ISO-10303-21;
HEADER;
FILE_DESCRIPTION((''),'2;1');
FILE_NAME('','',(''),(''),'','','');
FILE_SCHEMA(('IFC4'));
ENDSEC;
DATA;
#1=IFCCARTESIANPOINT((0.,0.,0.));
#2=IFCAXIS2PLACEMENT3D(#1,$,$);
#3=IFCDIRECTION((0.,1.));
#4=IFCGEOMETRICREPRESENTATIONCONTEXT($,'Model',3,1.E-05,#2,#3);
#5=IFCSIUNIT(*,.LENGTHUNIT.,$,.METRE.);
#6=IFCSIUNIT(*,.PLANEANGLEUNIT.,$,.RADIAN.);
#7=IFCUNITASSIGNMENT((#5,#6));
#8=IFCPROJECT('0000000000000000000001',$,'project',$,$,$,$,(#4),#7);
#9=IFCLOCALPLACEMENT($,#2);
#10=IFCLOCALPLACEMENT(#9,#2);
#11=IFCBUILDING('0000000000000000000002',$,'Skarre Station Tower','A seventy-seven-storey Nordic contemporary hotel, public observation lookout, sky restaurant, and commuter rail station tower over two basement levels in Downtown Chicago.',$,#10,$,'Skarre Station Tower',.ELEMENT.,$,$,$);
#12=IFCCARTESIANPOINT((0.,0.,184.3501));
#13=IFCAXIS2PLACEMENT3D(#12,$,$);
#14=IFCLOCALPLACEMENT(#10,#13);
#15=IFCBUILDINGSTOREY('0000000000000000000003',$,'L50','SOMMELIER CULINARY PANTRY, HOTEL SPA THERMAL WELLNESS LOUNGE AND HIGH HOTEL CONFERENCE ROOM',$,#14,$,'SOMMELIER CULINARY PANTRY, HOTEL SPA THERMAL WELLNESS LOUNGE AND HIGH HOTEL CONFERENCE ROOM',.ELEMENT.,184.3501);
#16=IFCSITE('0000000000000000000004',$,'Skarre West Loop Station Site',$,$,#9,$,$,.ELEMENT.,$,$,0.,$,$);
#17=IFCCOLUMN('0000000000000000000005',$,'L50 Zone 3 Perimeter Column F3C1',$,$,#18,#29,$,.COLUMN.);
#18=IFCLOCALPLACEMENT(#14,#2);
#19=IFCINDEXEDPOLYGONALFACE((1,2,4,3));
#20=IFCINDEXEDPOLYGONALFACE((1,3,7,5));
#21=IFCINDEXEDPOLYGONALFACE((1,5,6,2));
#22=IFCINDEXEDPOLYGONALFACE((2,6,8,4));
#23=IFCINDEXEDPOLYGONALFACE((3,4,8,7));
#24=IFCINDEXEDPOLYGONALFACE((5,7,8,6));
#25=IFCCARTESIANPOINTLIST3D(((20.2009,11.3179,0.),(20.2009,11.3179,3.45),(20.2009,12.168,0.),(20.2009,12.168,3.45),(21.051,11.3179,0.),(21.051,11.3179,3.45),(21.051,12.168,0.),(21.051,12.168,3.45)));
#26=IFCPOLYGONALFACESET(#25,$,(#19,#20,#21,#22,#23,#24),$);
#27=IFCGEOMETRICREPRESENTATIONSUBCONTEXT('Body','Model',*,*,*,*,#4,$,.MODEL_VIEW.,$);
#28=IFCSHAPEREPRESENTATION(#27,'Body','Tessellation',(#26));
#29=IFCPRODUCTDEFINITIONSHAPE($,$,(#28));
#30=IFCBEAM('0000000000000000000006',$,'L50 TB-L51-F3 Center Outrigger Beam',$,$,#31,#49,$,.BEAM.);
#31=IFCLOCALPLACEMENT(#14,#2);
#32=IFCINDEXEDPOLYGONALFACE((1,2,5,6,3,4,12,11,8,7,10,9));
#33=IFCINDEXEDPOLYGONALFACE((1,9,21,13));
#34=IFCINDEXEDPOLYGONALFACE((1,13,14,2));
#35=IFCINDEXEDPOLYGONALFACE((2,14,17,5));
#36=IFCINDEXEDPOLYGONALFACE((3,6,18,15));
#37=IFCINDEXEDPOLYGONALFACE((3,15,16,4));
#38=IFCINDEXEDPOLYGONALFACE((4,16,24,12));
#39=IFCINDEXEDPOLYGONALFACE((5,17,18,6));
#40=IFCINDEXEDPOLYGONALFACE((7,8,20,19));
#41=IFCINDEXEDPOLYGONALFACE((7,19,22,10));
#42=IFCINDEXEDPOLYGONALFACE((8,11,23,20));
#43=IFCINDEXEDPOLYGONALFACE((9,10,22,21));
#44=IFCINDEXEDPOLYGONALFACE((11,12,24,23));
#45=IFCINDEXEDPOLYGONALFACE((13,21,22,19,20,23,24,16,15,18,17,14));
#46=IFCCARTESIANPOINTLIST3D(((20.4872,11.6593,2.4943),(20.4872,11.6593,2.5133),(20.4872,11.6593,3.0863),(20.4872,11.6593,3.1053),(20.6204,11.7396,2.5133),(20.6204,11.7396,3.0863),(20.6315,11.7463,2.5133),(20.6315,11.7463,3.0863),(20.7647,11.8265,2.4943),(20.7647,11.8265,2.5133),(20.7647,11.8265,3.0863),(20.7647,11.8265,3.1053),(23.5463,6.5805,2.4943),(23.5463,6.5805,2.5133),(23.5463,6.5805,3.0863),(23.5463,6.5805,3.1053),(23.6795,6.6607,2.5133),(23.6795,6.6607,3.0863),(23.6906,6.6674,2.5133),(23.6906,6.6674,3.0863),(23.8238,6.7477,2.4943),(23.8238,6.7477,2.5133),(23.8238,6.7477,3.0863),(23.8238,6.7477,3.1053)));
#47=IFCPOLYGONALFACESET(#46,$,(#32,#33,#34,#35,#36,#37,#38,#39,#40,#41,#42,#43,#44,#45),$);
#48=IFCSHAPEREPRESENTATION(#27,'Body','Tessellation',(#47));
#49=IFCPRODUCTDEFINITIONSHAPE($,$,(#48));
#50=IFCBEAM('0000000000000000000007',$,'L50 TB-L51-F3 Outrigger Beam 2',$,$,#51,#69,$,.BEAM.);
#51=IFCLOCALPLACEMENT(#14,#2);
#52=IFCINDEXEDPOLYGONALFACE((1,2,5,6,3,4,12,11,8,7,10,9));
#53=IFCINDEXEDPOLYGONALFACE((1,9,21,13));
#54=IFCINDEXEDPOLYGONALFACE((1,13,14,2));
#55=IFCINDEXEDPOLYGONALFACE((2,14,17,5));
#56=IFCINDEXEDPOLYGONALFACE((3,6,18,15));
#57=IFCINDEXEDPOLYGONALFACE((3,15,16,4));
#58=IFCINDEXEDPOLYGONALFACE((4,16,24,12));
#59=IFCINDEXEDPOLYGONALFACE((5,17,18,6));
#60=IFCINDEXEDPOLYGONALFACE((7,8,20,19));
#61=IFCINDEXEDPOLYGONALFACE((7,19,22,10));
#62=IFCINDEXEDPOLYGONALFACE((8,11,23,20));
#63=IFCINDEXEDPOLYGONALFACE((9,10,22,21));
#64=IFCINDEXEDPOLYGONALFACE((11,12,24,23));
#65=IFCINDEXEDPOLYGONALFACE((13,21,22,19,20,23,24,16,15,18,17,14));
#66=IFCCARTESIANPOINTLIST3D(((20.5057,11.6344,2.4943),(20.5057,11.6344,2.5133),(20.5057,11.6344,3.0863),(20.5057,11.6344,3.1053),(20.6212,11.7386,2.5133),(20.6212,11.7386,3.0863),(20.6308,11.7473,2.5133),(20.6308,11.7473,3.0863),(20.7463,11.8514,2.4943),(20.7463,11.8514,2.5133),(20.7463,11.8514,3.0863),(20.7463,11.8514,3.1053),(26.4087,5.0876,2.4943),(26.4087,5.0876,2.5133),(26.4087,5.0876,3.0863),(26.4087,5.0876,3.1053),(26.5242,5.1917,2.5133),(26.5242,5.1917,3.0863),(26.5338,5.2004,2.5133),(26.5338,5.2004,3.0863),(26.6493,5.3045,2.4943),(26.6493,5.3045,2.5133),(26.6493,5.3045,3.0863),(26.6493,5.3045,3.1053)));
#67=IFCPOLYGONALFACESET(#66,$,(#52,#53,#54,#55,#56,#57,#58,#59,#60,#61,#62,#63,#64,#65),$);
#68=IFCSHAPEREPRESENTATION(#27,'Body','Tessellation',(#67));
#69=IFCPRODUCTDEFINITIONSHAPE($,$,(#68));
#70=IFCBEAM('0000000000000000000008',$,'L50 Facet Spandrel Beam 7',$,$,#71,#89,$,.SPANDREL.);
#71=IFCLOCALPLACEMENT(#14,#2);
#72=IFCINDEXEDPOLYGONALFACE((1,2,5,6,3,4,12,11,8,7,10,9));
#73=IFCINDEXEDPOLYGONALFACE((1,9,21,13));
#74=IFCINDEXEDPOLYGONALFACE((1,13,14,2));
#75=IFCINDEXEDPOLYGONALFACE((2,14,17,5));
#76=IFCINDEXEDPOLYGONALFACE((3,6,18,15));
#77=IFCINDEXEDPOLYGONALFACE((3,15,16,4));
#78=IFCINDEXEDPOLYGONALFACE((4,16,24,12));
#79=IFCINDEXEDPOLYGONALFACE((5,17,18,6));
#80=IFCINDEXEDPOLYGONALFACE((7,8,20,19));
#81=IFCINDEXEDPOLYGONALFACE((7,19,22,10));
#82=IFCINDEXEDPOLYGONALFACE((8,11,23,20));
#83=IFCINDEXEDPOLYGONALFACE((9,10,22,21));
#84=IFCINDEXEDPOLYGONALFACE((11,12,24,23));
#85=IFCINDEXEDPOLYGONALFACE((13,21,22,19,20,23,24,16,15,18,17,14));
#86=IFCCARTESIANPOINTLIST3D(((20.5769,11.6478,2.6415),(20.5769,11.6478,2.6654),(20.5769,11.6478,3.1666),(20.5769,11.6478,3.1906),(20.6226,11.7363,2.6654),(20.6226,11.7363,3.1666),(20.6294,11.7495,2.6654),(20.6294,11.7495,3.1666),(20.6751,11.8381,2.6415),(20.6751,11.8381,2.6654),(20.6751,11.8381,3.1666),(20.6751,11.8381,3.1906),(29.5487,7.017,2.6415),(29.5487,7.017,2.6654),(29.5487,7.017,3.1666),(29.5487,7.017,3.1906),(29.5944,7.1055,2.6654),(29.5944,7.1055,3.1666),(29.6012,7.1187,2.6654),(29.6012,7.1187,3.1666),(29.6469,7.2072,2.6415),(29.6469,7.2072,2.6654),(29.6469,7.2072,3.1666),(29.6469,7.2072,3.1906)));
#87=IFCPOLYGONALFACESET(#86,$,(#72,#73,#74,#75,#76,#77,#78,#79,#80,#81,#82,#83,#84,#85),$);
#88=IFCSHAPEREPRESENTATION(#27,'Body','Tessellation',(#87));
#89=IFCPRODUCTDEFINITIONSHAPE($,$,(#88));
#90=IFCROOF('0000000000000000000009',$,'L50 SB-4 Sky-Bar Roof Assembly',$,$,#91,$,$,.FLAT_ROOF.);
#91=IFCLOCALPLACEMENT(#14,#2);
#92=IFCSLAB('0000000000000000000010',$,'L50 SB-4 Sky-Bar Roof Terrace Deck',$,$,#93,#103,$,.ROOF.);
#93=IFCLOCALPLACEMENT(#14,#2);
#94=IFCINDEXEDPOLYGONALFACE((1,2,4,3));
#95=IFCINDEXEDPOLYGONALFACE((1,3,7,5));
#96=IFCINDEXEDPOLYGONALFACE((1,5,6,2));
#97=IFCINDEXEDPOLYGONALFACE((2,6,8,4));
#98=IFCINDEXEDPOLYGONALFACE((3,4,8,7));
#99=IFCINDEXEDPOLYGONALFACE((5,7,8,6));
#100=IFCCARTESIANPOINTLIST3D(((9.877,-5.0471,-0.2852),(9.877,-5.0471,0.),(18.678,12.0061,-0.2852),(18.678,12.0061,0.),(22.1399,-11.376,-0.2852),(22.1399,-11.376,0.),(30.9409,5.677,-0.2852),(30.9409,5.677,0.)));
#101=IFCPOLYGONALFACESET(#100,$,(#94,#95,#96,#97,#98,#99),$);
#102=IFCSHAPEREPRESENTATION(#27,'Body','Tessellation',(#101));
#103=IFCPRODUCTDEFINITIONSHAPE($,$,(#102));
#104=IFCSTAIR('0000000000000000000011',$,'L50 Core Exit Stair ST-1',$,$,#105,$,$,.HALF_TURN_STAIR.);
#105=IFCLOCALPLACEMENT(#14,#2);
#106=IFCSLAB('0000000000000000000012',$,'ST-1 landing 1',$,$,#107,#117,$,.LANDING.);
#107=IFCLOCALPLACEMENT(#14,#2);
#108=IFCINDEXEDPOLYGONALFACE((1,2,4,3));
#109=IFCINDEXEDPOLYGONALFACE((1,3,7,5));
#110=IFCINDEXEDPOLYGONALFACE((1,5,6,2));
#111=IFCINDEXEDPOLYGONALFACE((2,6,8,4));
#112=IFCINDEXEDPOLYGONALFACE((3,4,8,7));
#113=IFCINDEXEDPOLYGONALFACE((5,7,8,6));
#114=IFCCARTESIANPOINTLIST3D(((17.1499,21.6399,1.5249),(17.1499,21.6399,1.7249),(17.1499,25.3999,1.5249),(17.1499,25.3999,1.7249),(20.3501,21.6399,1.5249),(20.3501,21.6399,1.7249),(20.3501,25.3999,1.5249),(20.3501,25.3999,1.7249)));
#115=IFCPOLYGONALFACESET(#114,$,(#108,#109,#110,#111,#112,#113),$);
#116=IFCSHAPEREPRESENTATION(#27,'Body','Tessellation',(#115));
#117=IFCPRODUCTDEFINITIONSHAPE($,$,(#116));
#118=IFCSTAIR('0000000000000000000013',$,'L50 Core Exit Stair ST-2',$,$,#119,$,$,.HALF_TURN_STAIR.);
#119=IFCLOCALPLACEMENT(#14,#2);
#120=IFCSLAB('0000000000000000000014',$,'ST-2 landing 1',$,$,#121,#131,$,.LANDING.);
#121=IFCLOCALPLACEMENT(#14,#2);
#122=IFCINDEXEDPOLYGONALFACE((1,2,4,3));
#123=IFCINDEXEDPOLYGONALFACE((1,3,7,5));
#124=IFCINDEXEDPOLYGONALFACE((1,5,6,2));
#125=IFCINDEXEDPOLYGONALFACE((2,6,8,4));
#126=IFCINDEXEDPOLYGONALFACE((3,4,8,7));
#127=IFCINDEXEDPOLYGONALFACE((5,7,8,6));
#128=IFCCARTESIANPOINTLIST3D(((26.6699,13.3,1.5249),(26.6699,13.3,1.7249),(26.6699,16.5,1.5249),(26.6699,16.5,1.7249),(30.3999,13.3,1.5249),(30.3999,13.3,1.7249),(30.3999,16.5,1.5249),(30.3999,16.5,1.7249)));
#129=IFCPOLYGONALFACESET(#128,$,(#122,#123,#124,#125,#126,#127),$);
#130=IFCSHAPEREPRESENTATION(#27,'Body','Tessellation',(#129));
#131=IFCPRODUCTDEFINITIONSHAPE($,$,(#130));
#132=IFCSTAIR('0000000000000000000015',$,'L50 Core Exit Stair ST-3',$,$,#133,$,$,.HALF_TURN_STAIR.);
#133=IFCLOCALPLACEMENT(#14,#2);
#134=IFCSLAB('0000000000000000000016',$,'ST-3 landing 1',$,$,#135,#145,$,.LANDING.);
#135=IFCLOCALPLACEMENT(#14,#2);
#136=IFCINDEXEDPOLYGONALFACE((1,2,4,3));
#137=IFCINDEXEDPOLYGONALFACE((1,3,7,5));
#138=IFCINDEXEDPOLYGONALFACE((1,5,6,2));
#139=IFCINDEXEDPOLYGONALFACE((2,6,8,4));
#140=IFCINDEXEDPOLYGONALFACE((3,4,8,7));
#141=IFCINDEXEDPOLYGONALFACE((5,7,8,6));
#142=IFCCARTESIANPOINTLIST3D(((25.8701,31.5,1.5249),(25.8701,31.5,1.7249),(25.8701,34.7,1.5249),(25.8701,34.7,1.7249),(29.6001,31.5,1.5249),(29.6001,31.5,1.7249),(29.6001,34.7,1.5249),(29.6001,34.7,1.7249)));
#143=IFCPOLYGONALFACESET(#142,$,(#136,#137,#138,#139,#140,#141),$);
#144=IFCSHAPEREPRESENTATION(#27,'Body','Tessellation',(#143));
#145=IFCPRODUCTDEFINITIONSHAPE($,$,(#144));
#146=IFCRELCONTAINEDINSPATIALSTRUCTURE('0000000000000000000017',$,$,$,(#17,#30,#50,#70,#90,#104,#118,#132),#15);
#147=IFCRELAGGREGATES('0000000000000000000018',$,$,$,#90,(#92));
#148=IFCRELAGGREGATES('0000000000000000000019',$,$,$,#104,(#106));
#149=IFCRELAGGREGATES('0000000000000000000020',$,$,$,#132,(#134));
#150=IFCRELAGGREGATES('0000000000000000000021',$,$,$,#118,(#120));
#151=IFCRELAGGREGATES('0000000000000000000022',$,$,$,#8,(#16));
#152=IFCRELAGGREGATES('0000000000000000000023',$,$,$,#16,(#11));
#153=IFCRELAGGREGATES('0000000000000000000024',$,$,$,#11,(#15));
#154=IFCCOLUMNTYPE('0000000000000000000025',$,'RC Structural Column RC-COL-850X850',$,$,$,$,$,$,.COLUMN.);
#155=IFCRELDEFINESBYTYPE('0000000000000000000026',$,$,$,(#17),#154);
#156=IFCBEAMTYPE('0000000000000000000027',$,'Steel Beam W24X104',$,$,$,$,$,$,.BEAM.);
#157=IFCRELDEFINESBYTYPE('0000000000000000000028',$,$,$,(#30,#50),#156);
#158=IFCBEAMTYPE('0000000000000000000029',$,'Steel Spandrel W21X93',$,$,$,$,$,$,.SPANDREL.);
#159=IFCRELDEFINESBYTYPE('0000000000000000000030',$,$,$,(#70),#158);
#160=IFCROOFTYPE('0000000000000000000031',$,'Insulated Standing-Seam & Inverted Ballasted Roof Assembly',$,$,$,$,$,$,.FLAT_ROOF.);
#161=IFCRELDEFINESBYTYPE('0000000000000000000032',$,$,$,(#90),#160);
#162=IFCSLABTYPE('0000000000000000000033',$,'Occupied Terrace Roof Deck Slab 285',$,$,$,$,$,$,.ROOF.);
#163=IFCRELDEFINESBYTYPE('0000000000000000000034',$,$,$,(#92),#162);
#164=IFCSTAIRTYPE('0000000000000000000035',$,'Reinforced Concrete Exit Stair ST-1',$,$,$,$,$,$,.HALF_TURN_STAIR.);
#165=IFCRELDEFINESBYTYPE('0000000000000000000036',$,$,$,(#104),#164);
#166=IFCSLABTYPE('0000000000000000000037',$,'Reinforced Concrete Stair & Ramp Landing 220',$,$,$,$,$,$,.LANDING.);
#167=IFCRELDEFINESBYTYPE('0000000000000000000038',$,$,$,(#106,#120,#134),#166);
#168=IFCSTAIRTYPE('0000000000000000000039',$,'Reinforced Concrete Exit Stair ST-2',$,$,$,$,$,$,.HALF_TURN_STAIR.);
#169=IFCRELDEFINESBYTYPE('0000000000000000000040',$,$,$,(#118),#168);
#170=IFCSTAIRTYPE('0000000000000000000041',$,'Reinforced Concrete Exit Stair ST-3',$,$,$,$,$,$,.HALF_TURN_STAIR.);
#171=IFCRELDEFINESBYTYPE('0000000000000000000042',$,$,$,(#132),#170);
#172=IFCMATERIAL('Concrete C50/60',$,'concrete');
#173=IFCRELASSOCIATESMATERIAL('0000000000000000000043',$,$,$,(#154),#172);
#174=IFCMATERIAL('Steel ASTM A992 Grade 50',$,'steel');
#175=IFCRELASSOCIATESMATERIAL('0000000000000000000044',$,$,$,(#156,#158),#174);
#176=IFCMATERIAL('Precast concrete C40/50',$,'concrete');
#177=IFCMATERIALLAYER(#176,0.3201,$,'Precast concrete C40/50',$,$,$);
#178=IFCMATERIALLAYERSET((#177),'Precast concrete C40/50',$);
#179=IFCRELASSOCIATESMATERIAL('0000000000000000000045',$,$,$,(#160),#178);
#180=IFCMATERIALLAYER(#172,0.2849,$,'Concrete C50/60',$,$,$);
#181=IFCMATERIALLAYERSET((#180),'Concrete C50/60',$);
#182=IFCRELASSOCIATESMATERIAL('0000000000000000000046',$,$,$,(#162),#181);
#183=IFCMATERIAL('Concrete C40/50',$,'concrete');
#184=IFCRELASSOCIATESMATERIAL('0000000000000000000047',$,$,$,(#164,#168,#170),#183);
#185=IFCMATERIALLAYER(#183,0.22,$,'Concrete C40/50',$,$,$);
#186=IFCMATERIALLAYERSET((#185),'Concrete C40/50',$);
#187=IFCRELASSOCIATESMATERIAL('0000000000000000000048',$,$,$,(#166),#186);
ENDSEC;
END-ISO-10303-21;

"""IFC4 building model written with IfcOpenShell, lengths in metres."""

from ifc_helpers import new_model, si_unit, direction, frame, origin, origin_2d, place, context, subcontext, project, spatial, polyline, rectangle, i_section, outline, extrude, material, layer, layer_set, material_profile, profile_set, type_object, element, aggregate, save


model = new_model("IFC4")

# Units and contexts
model_context = context("Model", 3, precision=1e-05, world=origin(), true_north=direction((0.0, 1.0)))
body_context = subcontext(model_context, "Body", "Model", "MODEL_VIEW")
ifc_project = project(units=[si_unit("LENGTHUNIT", "METRE"), si_unit("PLANEANGLEUNIT", "RADIAN")], contexts=[model_context])

# Site, building, storey
site_placement = place(None, origin())
site = spatial("IfcSite", under=ifc_project, at=site_placement, Name="Skarre West Loop Station Site", CompositionType="ELEMENT", RefElevation=0.0)
building_placement = place(site_placement, origin())
building = spatial("IfcBuilding", under=site, at=building_placement, Name="Skarre Station Tower", Description="A seventy-seven-storey Nordic contemporary hotel, public observation lookout, sky restaurant, and commuter rail station tower over two basement levels in Downtown Chicago.", LongName="Skarre Station Tower", CompositionType="ELEMENT")
storey_placement = place(building_placement, frame((0.0, 0.0, 184.3501)))
storey = spatial("IfcBuildingStorey", under=building, at=storey_placement, Name="L50", Description="SOMMELIER CULINARY PANTRY, HOTEL SPA THERMAL WELLNESS LOUNGE AND HIGH HOTEL CONFERENCE ROOM", LongName="SOMMELIER CULINARY PANTRY, HOTEL SPA THERMAL WELLNESS LOUNGE AND HIGH HOTEL CONFERENCE ROOM", CompositionType="ELEMENT", Elevation=184.3501)

# Column
ifc_material_1 = material(Name="Concrete C50/60", Category="concrete")
ifc_material_profile_1 = material_profile(ifc_material_1, rectangle(XDim=0.8501, YDim=0.8501, at=origin_2d()), Name="Concrete C50/60")
ifc_profile_set_1 = profile_set([ifc_material_profile_1], Name="Concrete C50/60")
column_type = type_object("IfcColumnType", Name="RC Structural Column RC-COL-850X850", PredefinedType="COLUMN", material=ifc_profile_set_1)
column_placement = place(storey_placement, frame((20.626, 11.7429, 0.0), z_axis=(0.0, 0.0, 1.0), x_axis=(1.0, 0.0, 0.0)))
element("IfcColumn", 1, at=column_placement, inside=storey, type_object=column_type, Name="L50 Zone 3 Perimeter Column F3C1", PredefinedType="COLUMN", context=body_context, shape_type="SweptSolid", body=[
    extrude(rectangle(XDim=0.8501, YDim=0.8501, at=origin_2d()), origin(), (0.0, 0.0, 1.0), 3.45),
])

# Beams
ifc_material_2 = material(Name="Steel ASTM A992 Grade 50", Category="steel")
ifc_material_profile_2 = material_profile(ifc_material_2, i_section(OverallWidth=0.324, OverallDepth=0.6111, WebThickness=0.0129, FlangeThickness=0.019, at=origin_2d()), Name="Steel ASTM A992 Grade 50")
ifc_profile_set_2 = profile_set([ifc_material_profile_2], Name="Steel ASTM A992 Grade 50")
beam_type_1 = type_object("IfcBeamType", Name="Steel Beam W24X104", PredefinedType="BEAM", material=ifc_profile_set_2)
beam_1_placement = place(storey_placement, frame((20.626, 11.7429, 2.7998), z_axis=(0.515954, -0.856616, 0.0), x_axis=(0.856616, 0.515954, 0.0)))
element("IfcBeam", 2, at=beam_1_placement, inside=storey, type_object=beam_type_1, Name="L50 TB-L51-F3 Center Outrigger Beam", PredefinedType="BEAM", context=body_context, shape_type="SweptSolid", body=[
    extrude(i_section(OverallWidth=0.324, OverallDepth=0.6111, WebThickness=0.0129, FlangeThickness=0.019, at=origin_2d()), origin(), (0.0, 0.0, 1.0), 5.929),
])
beam_2_placement = place(storey_placement, frame((20.626, 11.7429, 2.7998), z_axis=(0.669647, -0.74268, 0.0), x_axis=(0.74268, 0.669647, 0.0)))
element("IfcBeam", 3, at=beam_2_placement, inside=storey, type_object=beam_type_1, Name="L50 TB-L51-F3 Outrigger Beam 2", PredefinedType="BEAM", context=body_context, shape_type="SweptSolid", body=[
    extrude(i_section(OverallWidth=0.324, OverallDepth=0.6111, WebThickness=0.0129, FlangeThickness=0.019, at=origin_2d()), origin(), (0.0, 0.0, 1.0), 8.8152),
])
ifc_material_profile_3 = material_profile(ifc_material_2, i_section(OverallWidth=0.2141, OverallDepth=0.5491, WebThickness=0.0149, FlangeThickness=0.0239, at=origin_2d()), Name="Steel ASTM A992 Grade 50")
ifc_profile_set_3 = profile_set([ifc_material_profile_3], Name="Steel ASTM A992 Grade 50")
beam_type_2 = type_object("IfcBeamType", Name="Steel Spandrel W21X93", PredefinedType="SPANDREL", material=ifc_profile_set_3)
beam_3_placement = place(storey_placement, frame((20.626, 11.7429, 2.916), z_axis=(0.888613, -0.458658, 0.0), x_axis=(0.458658, 0.888613, 0.0)))
element("IfcBeam", 4, at=beam_3_placement, inside=storey, type_object=beam_type_2, Name="L50 Facet Spandrel Beam 7", PredefinedType="SPANDREL", context=body_context, shape_type="SweptSolid", body=[
    extrude(i_section(OverallWidth=0.2141, OverallDepth=0.5491, WebThickness=0.0149, FlangeThickness=0.0239, at=origin_2d()), origin(), (0.0, 0.0, 1.0), 10.0964),
])

# Roof, slab
ifc_material_3 = material(Name="Precast concrete C40/50", Category="concrete")
ifc_layer_1 = layer(ifc_material_3, 0.3201, Name="Precast concrete C40/50")
ifc_layer_set_1 = layer_set([ifc_layer_1], Name="Precast concrete C40/50")
roof_type = type_object("IfcRoofType", Name="Insulated Standing-Seam & Inverted Ballasted Roof Assembly", PredefinedType="FLAT_ROOF", material=ifc_layer_set_1)
roof_placement = place(storey_placement, origin())
roof = element("IfcRoof", 5, at=roof_placement, inside=storey, type_object=roof_type, Name="L50 SB-4 Sky-Bar Roof Assembly", PredefinedType="FLAT_ROOF")
ifc_layer_2 = layer(ifc_material_1, 0.2849, Name="Concrete C50/60")
ifc_layer_set_2 = layer_set([ifc_layer_2], Name="Concrete C50/60")
slab_type_1 = type_object("IfcSlabType", Name="Occupied Terrace Roof Deck Slab 285", PredefinedType="ROOF", material=ifc_layer_set_2)
slab_1_placement = place(storey_placement, frame((0.0, 0.0, -0.2852)))
slab_1 = element("IfcSlab", 6, at=slab_1_placement, type_object=slab_type_1, Name="L50 SB-4 Sky-Bar Roof Terrace Deck", PredefinedType="ROOF", context=body_context, shape_type="SweptSolid", body=[
    extrude(outline(polyline([(30.9409, 5.677), (18.678, 12.0061), (9.877, -5.0471), (22.1399, -11.376), (30.9409, 5.677)])), origin(), (0.0, 0.0, 1.0), 0.2852),
])
aggregate(roof, [slab_1])

# Stairs, slabs
ifc_material_4 = material(Name="Concrete C40/50", Category="concrete")
stair_type_1 = type_object("IfcStairType", Name="Reinforced Concrete Exit Stair ST-1", PredefinedType="HALF_TURN_STAIR", material=ifc_material_4)
stair_1_placement = place(storey_placement, origin())
stair_1 = element("IfcStair", 7, at=stair_1_placement, inside=storey, type_object=stair_type_1, Name="L50 Core Exit Stair ST-1", PredefinedType="HALF_TURN_STAIR")
ifc_layer_3 = layer(ifc_material_4, 0.22, Name="Concrete C40/50")
ifc_layer_set_3 = layer_set([ifc_layer_3], Name="Concrete C40/50")
slab_type_2 = type_object("IfcSlabType", Name="Reinforced Concrete Stair & Ramp Landing 220", PredefinedType="LANDING", material=ifc_layer_set_3)
slab_2_placement = place(storey_placement, frame((0.0, 0.0, 1.5249)))
slab_2 = element("IfcSlab", 8, at=slab_2_placement, type_object=slab_type_2, Name="ST-1 landing 1", PredefinedType="LANDING", context=body_context, shape_type="SweptSolid", body=[
    extrude(outline(polyline([(20.3501, 21.6399), (20.3501, 25.3999), (17.1499, 25.3999), (17.1499, 21.6399), (20.3501, 21.6399)])), origin(), (0.0, 0.0, 1.0), 0.2),
])
aggregate(stair_1, [slab_2])
stair_type_2 = type_object("IfcStairType", Name="Reinforced Concrete Exit Stair ST-2", PredefinedType="HALF_TURN_STAIR", material=ifc_material_4)
stair_2_placement = place(storey_placement, origin())
stair_2 = element("IfcStair", 9, at=stair_2_placement, inside=storey, type_object=stair_type_2, Name="L50 Core Exit Stair ST-2", PredefinedType="HALF_TURN_STAIR")
slab_3_placement = place(storey_placement, frame((0.0, 0.0, 1.5249)))
slab_3 = element("IfcSlab", 10, at=slab_3_placement, type_object=slab_type_2, Name="ST-2 landing 1", PredefinedType="LANDING", context=body_context, shape_type="SweptSolid", body=[
    extrude(outline(polyline([(26.6699, 13.3), (30.3999, 13.3), (30.3999, 16.5), (26.6699, 16.5), (26.6699, 13.3)])), origin(), (0.0, 0.0, 1.0), 0.2),
])
stair_type_3 = type_object("IfcStairType", Name="Reinforced Concrete Exit Stair ST-3", PredefinedType="HALF_TURN_STAIR", material=ifc_material_4)
stair_3_placement = place(storey_placement, origin())
stair_3 = element("IfcStair", 11, at=stair_3_placement, inside=storey, type_object=stair_type_3, Name="L50 Core Exit Stair ST-3", PredefinedType="HALF_TURN_STAIR")
slab_4_placement = place(storey_placement, frame((0.0, 0.0, 1.5249)))
slab_4 = element("IfcSlab", 12, at=slab_4_placement, type_object=slab_type_2, Name="ST-3 landing 1", PredefinedType="LANDING", context=body_context, shape_type="SweptSolid", body=[
    extrude(outline(polyline([(25.8701, 31.5), (29.6001, 31.5), (29.6001, 34.7), (25.8701, 34.7), (25.8701, 31.5)])), origin(), (0.0, 0.0, 1.0), 0.2),
])
aggregate(stair_3, [slab_4])

aggregate(stair_2, [slab_3])

save(model, "model.ifc")
